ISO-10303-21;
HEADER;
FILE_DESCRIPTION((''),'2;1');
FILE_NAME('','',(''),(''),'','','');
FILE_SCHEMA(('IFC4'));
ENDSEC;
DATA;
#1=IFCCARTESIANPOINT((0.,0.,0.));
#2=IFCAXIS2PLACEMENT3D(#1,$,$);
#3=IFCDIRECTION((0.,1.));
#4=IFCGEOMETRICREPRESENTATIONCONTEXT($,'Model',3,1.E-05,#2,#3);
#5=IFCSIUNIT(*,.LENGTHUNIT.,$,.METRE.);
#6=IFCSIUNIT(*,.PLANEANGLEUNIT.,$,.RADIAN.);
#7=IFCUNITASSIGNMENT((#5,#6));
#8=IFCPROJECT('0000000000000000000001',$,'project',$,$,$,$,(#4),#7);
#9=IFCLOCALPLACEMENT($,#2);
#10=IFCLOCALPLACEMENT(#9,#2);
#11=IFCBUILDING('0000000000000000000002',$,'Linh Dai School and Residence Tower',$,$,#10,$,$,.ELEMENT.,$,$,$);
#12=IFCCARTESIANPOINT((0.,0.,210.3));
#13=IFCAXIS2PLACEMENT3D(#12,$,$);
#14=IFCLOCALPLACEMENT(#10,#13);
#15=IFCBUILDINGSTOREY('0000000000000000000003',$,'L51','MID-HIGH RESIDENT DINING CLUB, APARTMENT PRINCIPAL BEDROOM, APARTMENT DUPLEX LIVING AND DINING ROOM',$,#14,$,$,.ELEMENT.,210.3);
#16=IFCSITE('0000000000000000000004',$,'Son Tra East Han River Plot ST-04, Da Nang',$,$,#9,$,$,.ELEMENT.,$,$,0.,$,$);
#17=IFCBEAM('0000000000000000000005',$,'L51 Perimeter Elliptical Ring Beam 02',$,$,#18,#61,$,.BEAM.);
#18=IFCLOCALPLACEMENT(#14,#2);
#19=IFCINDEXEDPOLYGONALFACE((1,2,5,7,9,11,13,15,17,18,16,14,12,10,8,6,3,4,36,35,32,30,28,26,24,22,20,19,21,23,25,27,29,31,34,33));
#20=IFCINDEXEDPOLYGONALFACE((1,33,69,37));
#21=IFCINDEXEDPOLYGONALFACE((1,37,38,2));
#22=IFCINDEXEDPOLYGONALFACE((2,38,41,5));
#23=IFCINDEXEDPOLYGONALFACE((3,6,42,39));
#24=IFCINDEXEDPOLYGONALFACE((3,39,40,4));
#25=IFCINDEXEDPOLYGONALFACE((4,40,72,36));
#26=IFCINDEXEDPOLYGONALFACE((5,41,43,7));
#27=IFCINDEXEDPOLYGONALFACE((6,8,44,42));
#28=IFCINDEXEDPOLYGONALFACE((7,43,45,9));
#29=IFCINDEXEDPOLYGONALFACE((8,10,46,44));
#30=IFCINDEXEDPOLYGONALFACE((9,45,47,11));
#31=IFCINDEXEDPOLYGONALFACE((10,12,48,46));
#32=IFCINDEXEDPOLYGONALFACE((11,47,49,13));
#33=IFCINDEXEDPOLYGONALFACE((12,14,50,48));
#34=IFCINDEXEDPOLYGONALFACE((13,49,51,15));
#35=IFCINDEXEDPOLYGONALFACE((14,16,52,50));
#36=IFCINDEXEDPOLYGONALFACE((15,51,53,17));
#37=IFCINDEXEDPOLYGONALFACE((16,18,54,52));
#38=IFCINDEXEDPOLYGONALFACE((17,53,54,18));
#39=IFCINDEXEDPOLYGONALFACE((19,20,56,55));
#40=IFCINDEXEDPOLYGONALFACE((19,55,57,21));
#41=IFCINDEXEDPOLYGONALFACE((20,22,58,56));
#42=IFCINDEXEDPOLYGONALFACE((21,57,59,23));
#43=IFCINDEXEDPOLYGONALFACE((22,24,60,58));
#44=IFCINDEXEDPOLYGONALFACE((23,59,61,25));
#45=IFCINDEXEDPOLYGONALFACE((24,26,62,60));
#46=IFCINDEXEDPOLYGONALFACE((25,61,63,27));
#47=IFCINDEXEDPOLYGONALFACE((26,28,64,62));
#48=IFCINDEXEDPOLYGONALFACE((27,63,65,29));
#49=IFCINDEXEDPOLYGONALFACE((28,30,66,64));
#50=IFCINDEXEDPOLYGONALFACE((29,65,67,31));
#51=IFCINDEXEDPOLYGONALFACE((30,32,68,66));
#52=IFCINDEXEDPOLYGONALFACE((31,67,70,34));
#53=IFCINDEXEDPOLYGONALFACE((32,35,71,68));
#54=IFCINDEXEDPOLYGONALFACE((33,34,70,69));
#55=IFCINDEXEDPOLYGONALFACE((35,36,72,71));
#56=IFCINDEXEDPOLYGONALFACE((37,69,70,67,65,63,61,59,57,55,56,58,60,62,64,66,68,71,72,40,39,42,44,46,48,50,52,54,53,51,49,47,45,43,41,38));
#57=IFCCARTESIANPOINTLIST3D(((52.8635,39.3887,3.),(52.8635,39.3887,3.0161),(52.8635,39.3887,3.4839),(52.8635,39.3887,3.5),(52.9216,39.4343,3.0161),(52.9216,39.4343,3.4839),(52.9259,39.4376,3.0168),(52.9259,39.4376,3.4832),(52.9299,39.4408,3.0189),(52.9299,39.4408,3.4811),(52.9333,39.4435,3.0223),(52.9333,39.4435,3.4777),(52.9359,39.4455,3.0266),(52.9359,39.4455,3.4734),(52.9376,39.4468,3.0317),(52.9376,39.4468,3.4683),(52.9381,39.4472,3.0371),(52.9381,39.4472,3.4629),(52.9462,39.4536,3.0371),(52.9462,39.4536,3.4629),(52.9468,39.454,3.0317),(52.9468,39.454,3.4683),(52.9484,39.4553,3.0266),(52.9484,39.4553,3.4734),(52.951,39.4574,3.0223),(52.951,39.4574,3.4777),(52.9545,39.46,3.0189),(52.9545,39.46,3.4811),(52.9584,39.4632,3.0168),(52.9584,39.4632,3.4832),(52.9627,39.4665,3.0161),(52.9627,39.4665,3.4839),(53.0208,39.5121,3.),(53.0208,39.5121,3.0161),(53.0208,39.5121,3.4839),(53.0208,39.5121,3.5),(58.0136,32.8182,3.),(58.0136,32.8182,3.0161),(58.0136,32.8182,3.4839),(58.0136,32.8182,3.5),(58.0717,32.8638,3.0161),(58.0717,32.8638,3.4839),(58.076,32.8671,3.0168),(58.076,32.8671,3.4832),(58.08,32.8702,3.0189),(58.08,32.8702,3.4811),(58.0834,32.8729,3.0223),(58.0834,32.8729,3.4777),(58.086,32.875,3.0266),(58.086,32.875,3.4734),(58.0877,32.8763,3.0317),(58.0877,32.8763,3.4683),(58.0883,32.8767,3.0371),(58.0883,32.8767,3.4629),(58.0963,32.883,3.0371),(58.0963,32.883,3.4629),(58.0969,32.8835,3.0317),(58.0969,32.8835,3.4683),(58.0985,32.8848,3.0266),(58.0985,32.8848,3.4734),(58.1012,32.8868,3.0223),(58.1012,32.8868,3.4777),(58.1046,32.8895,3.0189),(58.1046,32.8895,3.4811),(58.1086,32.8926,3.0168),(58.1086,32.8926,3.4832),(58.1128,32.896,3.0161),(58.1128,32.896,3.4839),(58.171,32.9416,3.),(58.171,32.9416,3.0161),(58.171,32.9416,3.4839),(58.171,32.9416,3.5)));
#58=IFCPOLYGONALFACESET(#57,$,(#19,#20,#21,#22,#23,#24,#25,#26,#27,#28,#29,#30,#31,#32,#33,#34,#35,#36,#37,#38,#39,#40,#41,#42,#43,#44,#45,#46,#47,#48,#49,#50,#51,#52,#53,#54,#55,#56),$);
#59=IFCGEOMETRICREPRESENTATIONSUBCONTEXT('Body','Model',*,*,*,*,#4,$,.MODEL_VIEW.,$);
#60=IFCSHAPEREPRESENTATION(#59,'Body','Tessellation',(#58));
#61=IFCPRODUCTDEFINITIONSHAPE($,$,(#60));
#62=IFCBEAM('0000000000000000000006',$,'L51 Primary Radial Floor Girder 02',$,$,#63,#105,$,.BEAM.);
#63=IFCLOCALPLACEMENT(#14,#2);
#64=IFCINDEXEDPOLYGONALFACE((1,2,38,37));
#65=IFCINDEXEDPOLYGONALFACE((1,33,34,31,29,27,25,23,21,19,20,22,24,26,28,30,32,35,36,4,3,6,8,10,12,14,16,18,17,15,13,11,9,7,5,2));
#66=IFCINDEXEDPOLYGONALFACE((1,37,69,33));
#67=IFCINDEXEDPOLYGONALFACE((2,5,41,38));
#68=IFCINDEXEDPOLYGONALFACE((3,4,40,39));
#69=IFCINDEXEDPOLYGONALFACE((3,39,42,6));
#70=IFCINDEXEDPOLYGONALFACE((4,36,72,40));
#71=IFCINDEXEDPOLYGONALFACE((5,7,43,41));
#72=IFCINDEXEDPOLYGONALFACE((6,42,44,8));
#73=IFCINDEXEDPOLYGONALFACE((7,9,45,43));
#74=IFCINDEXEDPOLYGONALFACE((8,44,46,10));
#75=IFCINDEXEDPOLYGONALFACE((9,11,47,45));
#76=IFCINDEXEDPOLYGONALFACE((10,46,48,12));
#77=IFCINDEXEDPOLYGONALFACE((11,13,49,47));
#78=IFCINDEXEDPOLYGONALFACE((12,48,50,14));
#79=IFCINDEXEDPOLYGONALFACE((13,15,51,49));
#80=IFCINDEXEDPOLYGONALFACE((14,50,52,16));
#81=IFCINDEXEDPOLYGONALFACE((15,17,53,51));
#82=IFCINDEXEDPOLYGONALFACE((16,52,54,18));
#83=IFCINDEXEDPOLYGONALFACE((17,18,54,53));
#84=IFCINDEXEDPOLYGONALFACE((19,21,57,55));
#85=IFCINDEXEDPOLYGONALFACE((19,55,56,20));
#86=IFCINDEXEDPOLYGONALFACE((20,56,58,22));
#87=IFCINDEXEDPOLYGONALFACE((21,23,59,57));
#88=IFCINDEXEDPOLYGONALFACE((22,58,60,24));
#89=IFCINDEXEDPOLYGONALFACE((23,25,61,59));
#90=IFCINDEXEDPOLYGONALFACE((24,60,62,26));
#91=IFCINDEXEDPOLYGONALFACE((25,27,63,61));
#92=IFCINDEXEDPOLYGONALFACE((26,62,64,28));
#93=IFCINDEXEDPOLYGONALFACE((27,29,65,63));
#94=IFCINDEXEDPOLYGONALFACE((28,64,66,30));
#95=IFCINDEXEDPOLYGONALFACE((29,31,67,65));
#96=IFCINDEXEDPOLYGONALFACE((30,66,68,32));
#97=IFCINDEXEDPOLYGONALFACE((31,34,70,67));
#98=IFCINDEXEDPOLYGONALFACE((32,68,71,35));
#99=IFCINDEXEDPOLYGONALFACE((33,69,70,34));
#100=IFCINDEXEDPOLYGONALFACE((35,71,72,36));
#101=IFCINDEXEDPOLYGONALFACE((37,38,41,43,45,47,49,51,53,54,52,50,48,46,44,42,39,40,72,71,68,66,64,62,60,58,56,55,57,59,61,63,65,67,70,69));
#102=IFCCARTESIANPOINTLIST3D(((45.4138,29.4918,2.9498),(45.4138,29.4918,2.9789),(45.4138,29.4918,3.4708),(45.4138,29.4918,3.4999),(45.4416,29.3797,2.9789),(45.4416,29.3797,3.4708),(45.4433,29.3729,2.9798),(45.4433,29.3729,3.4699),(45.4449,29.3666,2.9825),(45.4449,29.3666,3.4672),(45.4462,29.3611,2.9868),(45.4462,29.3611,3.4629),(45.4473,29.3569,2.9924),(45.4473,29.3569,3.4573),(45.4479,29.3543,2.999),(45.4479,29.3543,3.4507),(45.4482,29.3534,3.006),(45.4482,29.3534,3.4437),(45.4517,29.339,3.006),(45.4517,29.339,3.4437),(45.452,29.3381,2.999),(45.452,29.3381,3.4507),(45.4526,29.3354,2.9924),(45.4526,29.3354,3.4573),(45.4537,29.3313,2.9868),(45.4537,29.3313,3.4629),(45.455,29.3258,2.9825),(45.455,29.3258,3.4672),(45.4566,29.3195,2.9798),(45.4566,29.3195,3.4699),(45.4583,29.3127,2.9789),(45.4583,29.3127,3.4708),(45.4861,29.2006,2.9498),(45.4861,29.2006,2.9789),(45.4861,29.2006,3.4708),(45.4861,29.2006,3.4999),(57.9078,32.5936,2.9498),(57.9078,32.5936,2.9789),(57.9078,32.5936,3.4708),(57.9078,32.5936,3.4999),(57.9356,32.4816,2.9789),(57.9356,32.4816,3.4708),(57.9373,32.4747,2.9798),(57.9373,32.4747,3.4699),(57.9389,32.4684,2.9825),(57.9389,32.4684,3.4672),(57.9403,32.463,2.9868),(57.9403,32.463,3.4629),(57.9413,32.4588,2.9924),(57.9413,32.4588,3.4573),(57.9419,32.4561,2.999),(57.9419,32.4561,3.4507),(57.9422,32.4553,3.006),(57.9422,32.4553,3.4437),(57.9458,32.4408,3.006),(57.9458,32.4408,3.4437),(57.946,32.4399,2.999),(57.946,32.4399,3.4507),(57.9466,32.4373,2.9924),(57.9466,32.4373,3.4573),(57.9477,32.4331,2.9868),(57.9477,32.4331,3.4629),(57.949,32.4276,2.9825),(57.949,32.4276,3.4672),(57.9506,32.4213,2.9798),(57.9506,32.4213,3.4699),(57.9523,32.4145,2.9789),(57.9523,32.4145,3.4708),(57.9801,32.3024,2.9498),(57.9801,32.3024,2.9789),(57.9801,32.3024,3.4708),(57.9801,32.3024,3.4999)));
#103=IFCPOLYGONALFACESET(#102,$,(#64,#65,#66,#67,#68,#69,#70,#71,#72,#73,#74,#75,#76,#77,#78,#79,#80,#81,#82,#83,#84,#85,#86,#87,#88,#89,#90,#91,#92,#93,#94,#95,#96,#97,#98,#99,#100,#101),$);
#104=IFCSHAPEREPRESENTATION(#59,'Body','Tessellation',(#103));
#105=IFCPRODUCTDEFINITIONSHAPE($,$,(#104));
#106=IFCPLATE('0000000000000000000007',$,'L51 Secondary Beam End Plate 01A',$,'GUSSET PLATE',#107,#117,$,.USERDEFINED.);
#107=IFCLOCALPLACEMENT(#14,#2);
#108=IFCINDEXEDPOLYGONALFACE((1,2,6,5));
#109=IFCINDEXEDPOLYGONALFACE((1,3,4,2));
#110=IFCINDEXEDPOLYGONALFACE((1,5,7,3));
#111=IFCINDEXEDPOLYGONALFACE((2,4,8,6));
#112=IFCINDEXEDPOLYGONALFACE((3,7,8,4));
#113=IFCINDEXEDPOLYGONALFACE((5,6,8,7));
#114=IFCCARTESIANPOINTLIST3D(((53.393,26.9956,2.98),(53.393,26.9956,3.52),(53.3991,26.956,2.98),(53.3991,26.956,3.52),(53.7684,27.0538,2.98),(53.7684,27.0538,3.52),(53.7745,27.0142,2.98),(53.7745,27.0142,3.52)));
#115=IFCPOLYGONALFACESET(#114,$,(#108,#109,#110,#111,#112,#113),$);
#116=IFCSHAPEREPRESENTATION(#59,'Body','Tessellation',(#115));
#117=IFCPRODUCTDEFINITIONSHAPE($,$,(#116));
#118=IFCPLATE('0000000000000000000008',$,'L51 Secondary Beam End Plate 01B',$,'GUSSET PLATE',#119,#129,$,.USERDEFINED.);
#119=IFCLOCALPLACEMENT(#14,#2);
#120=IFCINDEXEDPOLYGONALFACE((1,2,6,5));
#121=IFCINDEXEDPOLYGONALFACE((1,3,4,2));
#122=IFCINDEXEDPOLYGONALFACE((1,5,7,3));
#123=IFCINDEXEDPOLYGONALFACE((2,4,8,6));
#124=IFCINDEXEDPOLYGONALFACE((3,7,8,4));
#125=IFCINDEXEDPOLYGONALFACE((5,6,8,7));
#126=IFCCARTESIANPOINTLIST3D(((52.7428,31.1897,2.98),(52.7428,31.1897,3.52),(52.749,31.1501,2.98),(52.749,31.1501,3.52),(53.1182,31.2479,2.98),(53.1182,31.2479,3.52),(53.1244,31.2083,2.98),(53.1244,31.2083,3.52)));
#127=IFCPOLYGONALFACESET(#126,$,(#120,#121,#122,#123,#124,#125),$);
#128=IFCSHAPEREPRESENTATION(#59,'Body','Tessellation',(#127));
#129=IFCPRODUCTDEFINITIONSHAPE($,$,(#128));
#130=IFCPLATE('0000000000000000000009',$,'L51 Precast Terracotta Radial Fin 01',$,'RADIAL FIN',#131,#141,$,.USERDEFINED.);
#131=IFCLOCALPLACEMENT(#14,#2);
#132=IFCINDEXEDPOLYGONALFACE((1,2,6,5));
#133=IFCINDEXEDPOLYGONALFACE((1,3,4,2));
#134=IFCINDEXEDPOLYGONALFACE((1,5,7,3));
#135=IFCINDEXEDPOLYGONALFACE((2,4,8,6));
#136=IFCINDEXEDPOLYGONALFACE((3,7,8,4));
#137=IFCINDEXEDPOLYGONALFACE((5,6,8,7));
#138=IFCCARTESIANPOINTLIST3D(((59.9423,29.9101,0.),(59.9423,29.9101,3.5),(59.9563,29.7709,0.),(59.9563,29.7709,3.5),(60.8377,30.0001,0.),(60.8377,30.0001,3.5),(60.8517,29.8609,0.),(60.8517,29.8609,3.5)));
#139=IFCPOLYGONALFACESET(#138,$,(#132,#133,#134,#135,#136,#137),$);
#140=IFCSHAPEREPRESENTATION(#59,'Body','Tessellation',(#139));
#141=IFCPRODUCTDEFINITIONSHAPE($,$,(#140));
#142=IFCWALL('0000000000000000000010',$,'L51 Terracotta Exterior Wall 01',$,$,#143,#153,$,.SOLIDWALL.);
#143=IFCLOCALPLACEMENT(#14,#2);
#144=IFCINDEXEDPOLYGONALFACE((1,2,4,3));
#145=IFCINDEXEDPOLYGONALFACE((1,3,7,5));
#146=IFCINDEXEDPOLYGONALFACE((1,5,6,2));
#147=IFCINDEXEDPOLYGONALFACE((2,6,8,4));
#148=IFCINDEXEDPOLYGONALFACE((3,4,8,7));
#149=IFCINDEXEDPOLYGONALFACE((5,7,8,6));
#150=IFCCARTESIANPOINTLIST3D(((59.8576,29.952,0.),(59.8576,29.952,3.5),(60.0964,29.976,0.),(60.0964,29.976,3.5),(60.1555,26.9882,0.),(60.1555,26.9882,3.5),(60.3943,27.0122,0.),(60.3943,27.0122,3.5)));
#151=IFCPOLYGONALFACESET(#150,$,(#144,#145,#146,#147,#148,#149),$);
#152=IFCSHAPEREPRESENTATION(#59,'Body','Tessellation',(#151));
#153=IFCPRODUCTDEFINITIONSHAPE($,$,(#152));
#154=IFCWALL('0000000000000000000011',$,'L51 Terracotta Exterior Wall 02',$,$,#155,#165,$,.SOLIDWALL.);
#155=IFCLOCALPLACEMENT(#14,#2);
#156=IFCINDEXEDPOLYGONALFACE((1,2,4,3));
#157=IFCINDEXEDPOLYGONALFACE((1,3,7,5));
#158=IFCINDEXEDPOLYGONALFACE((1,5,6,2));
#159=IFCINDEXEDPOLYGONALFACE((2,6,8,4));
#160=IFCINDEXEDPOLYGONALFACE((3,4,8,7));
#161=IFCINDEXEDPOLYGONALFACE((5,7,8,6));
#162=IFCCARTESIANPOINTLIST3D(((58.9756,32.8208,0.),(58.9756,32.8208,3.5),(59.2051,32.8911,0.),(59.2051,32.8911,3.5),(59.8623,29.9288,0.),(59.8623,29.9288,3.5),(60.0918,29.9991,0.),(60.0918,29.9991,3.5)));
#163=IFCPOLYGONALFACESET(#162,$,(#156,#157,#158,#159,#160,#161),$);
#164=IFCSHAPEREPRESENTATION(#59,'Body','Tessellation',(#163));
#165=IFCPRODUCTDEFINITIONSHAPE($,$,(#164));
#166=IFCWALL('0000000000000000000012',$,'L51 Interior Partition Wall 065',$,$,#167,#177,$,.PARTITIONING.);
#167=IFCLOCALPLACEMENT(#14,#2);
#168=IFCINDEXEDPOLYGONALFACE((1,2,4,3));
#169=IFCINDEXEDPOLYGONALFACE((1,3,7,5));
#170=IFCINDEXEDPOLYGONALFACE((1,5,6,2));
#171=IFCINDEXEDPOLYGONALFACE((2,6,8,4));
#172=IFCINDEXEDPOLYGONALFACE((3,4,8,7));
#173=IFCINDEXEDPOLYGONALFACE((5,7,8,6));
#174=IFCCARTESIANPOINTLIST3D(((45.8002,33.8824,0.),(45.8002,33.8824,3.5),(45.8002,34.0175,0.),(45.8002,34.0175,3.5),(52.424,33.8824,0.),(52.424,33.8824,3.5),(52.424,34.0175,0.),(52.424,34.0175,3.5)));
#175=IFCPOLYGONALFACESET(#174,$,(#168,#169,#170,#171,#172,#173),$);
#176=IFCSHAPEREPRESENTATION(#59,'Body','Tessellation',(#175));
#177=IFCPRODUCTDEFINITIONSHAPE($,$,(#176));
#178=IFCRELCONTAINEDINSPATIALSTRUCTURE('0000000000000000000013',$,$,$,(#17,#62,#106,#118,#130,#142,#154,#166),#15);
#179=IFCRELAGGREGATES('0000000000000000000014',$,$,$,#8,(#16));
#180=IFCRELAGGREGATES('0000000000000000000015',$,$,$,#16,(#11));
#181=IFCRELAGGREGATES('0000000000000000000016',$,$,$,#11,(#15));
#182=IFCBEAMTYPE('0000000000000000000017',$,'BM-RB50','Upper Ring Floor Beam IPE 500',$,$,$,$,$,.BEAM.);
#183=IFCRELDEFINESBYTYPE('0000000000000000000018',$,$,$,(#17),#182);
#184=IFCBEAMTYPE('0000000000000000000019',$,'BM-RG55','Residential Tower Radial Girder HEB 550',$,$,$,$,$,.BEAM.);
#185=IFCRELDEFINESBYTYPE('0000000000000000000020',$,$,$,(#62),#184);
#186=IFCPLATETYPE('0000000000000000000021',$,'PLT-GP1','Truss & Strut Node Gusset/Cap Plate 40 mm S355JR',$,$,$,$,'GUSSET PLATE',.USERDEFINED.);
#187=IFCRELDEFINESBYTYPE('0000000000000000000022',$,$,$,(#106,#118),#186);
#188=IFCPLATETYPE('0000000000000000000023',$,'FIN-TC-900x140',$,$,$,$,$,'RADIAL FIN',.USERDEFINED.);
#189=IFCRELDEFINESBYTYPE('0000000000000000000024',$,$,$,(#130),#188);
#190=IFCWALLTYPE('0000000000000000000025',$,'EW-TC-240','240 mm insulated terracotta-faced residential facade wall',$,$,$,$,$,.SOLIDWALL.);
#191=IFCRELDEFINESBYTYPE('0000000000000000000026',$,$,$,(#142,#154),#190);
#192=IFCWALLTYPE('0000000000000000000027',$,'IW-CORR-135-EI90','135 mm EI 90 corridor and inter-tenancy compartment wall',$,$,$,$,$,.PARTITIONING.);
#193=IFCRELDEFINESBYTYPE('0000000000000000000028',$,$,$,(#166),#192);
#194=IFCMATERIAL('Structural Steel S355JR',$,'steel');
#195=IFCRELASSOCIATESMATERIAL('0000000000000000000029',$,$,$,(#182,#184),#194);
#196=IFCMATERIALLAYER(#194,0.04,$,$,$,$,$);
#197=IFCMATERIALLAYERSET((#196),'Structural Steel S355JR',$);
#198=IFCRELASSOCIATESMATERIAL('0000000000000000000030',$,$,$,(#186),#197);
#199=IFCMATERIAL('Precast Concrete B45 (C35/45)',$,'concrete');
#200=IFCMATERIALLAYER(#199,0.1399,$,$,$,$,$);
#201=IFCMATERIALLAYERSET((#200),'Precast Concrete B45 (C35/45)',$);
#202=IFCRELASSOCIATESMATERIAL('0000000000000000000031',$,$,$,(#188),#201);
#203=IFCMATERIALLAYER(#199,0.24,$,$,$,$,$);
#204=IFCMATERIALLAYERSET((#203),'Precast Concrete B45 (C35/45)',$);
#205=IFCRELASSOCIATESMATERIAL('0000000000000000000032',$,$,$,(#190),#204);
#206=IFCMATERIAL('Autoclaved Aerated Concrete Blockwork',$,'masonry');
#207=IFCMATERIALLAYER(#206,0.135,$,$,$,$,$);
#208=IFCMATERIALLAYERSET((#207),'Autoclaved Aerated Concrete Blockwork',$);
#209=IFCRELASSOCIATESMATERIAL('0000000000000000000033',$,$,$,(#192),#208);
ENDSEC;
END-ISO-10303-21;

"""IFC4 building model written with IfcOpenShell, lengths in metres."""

from ifc_helpers import new_model, si_unit, direction, frame, frame_2d, origin, origin_2d, place, context, subcontext, project, spatial, rectangle, i_section, extrude, source, transform, mapped, material, layer, layer_set, material_profile, profile_set, type_object, element, save


model = new_model("IFC4")

# Units and contexts
model_context = context("Model", 3, precision=1e-05, world=origin(), true_north=direction((0.0, 1.0)))
body_context = subcontext(model_context, "Body", "Model", "MODEL_VIEW")
ifc_project = project(units=[si_unit("LENGTHUNIT", "METRE"), si_unit("PLANEANGLEUNIT", "RADIAN")], contexts=[model_context])

# Site, building, storey
site_placement = place(None, origin())
site = spatial("IfcSite", under=ifc_project, at=site_placement, Name="Son Tra East Han River Plot ST-04, Da Nang", CompositionType="ELEMENT", RefElevation=0.0)
building_placement = place(site_placement, origin())
building = spatial("IfcBuilding", under=site, at=building_placement, Name="Linh Dai School and Residence Tower", CompositionType="ELEMENT")
storey_placement = place(building_placement, frame((0.0, 0.0, 210.3)))
storey = spatial("IfcBuildingStorey", under=building, at=storey_placement, Name="L51", Description="MID-HIGH RESIDENT DINING CLUB, APARTMENT PRINCIPAL BEDROOM, APARTMENT DUPLEX LIVING AND DINING ROOM", CompositionType="ELEMENT", Elevation=210.3)

# Shared definitions
ifc_material_1 = material(Name="Structural Steel S355JR", Category="steel")

# Beams
ifc_material_profile_1 = material_profile(ifc_material_1, i_section(OverallWidth=0.2, OverallDepth=0.5, WebThickness=0.0103, FlangeThickness=0.0161, FilletRadius=0.021, at=origin_2d()), Name="IPE 500")
ifc_profile_set_1 = profile_set([ifc_material_profile_1], Name="Structural Steel S355JR")
beam_type_1 = type_object("IfcBeamType", Name="BM-RB50", Description="Upper Ring Floor Beam IPE 500", PredefinedType="BEAM", material=ifc_profile_set_1)
beam_1_placement = place(storey_placement, frame((58.0923, 32.8799, 3.25), z_axis=(-0.6169, 0.787041, 0.0), x_axis=(-0.787041, -0.6169, 0.0)))
element("IfcBeam", 1, at=beam_1_placement, inside=storey, type_object=beam_type_1, Name="L51 Perimeter Elliptical Ring Beam 02", PredefinedType="BEAM", context=body_context, shape_type="SweptSolid", body=[
    extrude(i_section(OverallWidth=0.2, OverallDepth=0.5, WebThickness=0.0103, FlangeThickness=0.0161, FilletRadius=0.021, at=origin_2d()), origin(), (0.0, 0.0, 1.0), 8.3484),
])
ifc_material_profile_2 = material_profile(ifc_material_1, i_section(OverallWidth=0.3, OverallDepth=0.55, WebThickness=0.0149, FlangeThickness=0.0291, FilletRadius=0.0271, at=origin_2d()), Name="HEB 550")
ifc_profile_set_2 = profile_set([ifc_material_profile_2], Name="Structural Steel S355JR")
beam_type_2 = type_object("IfcBeamType", Name="BM-RG55", Description="Residential Tower Radial Girder HEB 550", PredefinedType="BEAM", material=ifc_profile_set_2)
beam_2_placement = place(storey_placement, frame((45.45, 29.3462, 3.2249), z_axis=(0.970537, 0.240951, 0.0), x_axis=(-0.240951, 0.970537, 0.0)))
element("IfcBeam", 2, at=beam_2_placement, inside=storey, type_object=beam_type_2, Name="L51 Primary Radial Floor Girder 02", PredefinedType="BEAM", context=body_context, shape_type="SweptSolid", body=[
    extrude(i_section(OverallWidth=0.3, OverallDepth=0.55, WebThickness=0.0149, FlangeThickness=0.0291, FilletRadius=0.0271, at=origin_2d()), origin(), (0.0, 0.0, 1.0), 12.8733),
])

# Plates
ifc_layer_1 = layer(ifc_material_1, 0.04)
ifc_layer_set_1 = layer_set([ifc_layer_1], Name="Structural Steel S355JR")
plate_type_1 = type_object("IfcPlateType", Name="PLT-GP1", Description="Truss & Strut Node Gusset/Cap Plate 40 mm S355JR", ElementType="GUSSET PLATE", PredefinedType="USERDEFINED", material=ifc_layer_set_1)
shared_shape_1 = source(origin(), body_context, "Body", "SweptSolid", [
    extrude(rectangle(XDim=0.04, YDim=0.3799, at=origin_2d()), origin(), (0.0, 0.0, 1.0), 0.54),
])
for number, where, z_axis, x_axis, name in (
    (3, (53.5837, 27.0049, 2.98), (0.0, 0.0, 1.0), (-0.153186, 0.988197, 0.0), "L51 Secondary Beam End Plate 01A"),
    (4, (52.9336, 31.199, 2.98), (0.0, 0.0, 1.0), (-0.153186, 0.988197, 0.0), "L51 Secondary Beam End Plate 01B"),
):
    element("IfcPlate", number, at=place(storey_placement, frame(where, z_axis=z_axis, x_axis=x_axis)), inside=storey, type_object=plate_type_1, Name=name, ObjectType="GUSSET PLATE", PredefinedType="USERDEFINED", context=body_context, shape_type="MappedRepresentation", body=[
        mapped(shared_shape_1, transform((0.0, 0.0, 0.0), x_axis=(1.0, 0.0, 0.0), y_axis=(0.0, 1.0, 0.0), z_axis=(0.0, 0.0, 1.0), scale=1.0)),
    ])
ifc_material_2 = material(Name="Precast Concrete B45 (C35/45)", Category="concrete")
ifc_layer_2 = layer(ifc_material_2, 0.1399)
ifc_layer_set_2 = layer_set([ifc_layer_2], Name="Precast Concrete B45 (C35/45)")
plate_type_2 = type_object("IfcPlateType", Name="FIN-TC-900x140", ElementType="RADIAL FIN", PredefinedType="USERDEFINED", material=ifc_layer_set_2)
shared_shape_2 = source(origin(), body_context, "Body", "SweptSolid", [
    extrude(rectangle(XDim=0.8999, YDim=0.1399, at=origin_2d()), origin(), (0.0, 0.0, 1.0), 3.5),
])
plate_placement = place(storey_placement, frame((60.397, 29.8855, 0.0), z_axis=(0.0, 0.0, 1.0), x_axis=(0.994986, 0.100012, 0.0)))
element("IfcPlate", 5, at=plate_placement, inside=storey, type_object=plate_type_2, Name="L51 Precast Terracotta Radial Fin 01", ObjectType="RADIAL FIN", PredefinedType="USERDEFINED", context=body_context, shape_type="MappedRepresentation", body=[
    mapped(shared_shape_2, transform((0.0, 0.0, 0.0), x_axis=(1.0, 0.0, 0.0), y_axis=(0.0, 1.0, 0.0), z_axis=(0.0, 0.0, 1.0), scale=1.0)),
])

# Walls
ifc_layer_3 = layer(ifc_material_2, 0.24)
ifc_layer_set_3 = layer_set([ifc_layer_3], Name="Precast Concrete B45 (C35/45)")
wall_type_1 = type_object("IfcWallType", Name="EW-TC-240", Description="240 mm insulated terracotta-faced residential facade wall", PredefinedType="SOLIDWALL", material=ifc_layer_set_3)
wall_1_placement = place(storey_placement, frame((59.9771, 29.9639, 0.0), z_axis=(0.0, 0.0, 1.0), x_axis=(0.099991, -0.994988, 0.0)))
element("IfcWall", 6, at=wall_1_placement, inside=storey, type_object=wall_type_1, Name="L51 Terracotta Exterior Wall 01", PredefinedType="SOLIDWALL", context=body_context, shape_type="SweptSolid", body=[
    extrude(rectangle(XDim=2.9788, YDim=0.24, at=frame_2d((1.4893, 0.0))), origin(), (0.0, 0.0, 1.0), 3.5),
])
wall_2_placement = place(storey_placement, frame((59.0903, 32.856, 0.0), z_axis=(0.0, 0.0, 1.0), x_axis=(0.293133, -0.956072, 0.0)))
element("IfcWall", 7, at=wall_2_placement, inside=storey, type_object=wall_type_1, Name="L51 Terracotta Exterior Wall 02", PredefinedType="SOLIDWALL", context=body_context, shape_type="SweptSolid", body=[
    extrude(rectangle(XDim=3.0249, YDim=0.24, at=frame_2d((1.5125, 0.0))), origin(), (0.0, 0.0, 1.0), 3.5),
])
ifc_material_3 = material(Name="Autoclaved Aerated Concrete Blockwork", Category="masonry")
ifc_layer_4 = layer(ifc_material_3, 0.135)
ifc_layer_set_4 = layer_set([ifc_layer_4], Name="Autoclaved Aerated Concrete Blockwork")
wall_type_2 = type_object("IfcWallType", Name="IW-CORR-135-EI90", Description="135 mm EI 90 corridor and inter-tenancy compartment wall", PredefinedType="PARTITIONING", material=ifc_layer_set_4)
wall_3_placement = place(storey_placement, frame((45.8, 33.95, 0.0), z_axis=(0.0, 0.0, 1.0), x_axis=(1.0, 0.0, 0.0)))
element("IfcWall", 8, at=wall_3_placement, inside=storey, type_object=wall_type_2, Name="L51 Interior Partition Wall 065", PredefinedType="PARTITIONING", context=body_context, shape_type="SweptSolid", body=[
    extrude(rectangle(XDim=6.6238, YDim=0.135, at=frame_2d((3.312, 0.0))), origin(), (0.0, 0.0, 1.0), 3.5),
])

save(model, "model.ifc")
